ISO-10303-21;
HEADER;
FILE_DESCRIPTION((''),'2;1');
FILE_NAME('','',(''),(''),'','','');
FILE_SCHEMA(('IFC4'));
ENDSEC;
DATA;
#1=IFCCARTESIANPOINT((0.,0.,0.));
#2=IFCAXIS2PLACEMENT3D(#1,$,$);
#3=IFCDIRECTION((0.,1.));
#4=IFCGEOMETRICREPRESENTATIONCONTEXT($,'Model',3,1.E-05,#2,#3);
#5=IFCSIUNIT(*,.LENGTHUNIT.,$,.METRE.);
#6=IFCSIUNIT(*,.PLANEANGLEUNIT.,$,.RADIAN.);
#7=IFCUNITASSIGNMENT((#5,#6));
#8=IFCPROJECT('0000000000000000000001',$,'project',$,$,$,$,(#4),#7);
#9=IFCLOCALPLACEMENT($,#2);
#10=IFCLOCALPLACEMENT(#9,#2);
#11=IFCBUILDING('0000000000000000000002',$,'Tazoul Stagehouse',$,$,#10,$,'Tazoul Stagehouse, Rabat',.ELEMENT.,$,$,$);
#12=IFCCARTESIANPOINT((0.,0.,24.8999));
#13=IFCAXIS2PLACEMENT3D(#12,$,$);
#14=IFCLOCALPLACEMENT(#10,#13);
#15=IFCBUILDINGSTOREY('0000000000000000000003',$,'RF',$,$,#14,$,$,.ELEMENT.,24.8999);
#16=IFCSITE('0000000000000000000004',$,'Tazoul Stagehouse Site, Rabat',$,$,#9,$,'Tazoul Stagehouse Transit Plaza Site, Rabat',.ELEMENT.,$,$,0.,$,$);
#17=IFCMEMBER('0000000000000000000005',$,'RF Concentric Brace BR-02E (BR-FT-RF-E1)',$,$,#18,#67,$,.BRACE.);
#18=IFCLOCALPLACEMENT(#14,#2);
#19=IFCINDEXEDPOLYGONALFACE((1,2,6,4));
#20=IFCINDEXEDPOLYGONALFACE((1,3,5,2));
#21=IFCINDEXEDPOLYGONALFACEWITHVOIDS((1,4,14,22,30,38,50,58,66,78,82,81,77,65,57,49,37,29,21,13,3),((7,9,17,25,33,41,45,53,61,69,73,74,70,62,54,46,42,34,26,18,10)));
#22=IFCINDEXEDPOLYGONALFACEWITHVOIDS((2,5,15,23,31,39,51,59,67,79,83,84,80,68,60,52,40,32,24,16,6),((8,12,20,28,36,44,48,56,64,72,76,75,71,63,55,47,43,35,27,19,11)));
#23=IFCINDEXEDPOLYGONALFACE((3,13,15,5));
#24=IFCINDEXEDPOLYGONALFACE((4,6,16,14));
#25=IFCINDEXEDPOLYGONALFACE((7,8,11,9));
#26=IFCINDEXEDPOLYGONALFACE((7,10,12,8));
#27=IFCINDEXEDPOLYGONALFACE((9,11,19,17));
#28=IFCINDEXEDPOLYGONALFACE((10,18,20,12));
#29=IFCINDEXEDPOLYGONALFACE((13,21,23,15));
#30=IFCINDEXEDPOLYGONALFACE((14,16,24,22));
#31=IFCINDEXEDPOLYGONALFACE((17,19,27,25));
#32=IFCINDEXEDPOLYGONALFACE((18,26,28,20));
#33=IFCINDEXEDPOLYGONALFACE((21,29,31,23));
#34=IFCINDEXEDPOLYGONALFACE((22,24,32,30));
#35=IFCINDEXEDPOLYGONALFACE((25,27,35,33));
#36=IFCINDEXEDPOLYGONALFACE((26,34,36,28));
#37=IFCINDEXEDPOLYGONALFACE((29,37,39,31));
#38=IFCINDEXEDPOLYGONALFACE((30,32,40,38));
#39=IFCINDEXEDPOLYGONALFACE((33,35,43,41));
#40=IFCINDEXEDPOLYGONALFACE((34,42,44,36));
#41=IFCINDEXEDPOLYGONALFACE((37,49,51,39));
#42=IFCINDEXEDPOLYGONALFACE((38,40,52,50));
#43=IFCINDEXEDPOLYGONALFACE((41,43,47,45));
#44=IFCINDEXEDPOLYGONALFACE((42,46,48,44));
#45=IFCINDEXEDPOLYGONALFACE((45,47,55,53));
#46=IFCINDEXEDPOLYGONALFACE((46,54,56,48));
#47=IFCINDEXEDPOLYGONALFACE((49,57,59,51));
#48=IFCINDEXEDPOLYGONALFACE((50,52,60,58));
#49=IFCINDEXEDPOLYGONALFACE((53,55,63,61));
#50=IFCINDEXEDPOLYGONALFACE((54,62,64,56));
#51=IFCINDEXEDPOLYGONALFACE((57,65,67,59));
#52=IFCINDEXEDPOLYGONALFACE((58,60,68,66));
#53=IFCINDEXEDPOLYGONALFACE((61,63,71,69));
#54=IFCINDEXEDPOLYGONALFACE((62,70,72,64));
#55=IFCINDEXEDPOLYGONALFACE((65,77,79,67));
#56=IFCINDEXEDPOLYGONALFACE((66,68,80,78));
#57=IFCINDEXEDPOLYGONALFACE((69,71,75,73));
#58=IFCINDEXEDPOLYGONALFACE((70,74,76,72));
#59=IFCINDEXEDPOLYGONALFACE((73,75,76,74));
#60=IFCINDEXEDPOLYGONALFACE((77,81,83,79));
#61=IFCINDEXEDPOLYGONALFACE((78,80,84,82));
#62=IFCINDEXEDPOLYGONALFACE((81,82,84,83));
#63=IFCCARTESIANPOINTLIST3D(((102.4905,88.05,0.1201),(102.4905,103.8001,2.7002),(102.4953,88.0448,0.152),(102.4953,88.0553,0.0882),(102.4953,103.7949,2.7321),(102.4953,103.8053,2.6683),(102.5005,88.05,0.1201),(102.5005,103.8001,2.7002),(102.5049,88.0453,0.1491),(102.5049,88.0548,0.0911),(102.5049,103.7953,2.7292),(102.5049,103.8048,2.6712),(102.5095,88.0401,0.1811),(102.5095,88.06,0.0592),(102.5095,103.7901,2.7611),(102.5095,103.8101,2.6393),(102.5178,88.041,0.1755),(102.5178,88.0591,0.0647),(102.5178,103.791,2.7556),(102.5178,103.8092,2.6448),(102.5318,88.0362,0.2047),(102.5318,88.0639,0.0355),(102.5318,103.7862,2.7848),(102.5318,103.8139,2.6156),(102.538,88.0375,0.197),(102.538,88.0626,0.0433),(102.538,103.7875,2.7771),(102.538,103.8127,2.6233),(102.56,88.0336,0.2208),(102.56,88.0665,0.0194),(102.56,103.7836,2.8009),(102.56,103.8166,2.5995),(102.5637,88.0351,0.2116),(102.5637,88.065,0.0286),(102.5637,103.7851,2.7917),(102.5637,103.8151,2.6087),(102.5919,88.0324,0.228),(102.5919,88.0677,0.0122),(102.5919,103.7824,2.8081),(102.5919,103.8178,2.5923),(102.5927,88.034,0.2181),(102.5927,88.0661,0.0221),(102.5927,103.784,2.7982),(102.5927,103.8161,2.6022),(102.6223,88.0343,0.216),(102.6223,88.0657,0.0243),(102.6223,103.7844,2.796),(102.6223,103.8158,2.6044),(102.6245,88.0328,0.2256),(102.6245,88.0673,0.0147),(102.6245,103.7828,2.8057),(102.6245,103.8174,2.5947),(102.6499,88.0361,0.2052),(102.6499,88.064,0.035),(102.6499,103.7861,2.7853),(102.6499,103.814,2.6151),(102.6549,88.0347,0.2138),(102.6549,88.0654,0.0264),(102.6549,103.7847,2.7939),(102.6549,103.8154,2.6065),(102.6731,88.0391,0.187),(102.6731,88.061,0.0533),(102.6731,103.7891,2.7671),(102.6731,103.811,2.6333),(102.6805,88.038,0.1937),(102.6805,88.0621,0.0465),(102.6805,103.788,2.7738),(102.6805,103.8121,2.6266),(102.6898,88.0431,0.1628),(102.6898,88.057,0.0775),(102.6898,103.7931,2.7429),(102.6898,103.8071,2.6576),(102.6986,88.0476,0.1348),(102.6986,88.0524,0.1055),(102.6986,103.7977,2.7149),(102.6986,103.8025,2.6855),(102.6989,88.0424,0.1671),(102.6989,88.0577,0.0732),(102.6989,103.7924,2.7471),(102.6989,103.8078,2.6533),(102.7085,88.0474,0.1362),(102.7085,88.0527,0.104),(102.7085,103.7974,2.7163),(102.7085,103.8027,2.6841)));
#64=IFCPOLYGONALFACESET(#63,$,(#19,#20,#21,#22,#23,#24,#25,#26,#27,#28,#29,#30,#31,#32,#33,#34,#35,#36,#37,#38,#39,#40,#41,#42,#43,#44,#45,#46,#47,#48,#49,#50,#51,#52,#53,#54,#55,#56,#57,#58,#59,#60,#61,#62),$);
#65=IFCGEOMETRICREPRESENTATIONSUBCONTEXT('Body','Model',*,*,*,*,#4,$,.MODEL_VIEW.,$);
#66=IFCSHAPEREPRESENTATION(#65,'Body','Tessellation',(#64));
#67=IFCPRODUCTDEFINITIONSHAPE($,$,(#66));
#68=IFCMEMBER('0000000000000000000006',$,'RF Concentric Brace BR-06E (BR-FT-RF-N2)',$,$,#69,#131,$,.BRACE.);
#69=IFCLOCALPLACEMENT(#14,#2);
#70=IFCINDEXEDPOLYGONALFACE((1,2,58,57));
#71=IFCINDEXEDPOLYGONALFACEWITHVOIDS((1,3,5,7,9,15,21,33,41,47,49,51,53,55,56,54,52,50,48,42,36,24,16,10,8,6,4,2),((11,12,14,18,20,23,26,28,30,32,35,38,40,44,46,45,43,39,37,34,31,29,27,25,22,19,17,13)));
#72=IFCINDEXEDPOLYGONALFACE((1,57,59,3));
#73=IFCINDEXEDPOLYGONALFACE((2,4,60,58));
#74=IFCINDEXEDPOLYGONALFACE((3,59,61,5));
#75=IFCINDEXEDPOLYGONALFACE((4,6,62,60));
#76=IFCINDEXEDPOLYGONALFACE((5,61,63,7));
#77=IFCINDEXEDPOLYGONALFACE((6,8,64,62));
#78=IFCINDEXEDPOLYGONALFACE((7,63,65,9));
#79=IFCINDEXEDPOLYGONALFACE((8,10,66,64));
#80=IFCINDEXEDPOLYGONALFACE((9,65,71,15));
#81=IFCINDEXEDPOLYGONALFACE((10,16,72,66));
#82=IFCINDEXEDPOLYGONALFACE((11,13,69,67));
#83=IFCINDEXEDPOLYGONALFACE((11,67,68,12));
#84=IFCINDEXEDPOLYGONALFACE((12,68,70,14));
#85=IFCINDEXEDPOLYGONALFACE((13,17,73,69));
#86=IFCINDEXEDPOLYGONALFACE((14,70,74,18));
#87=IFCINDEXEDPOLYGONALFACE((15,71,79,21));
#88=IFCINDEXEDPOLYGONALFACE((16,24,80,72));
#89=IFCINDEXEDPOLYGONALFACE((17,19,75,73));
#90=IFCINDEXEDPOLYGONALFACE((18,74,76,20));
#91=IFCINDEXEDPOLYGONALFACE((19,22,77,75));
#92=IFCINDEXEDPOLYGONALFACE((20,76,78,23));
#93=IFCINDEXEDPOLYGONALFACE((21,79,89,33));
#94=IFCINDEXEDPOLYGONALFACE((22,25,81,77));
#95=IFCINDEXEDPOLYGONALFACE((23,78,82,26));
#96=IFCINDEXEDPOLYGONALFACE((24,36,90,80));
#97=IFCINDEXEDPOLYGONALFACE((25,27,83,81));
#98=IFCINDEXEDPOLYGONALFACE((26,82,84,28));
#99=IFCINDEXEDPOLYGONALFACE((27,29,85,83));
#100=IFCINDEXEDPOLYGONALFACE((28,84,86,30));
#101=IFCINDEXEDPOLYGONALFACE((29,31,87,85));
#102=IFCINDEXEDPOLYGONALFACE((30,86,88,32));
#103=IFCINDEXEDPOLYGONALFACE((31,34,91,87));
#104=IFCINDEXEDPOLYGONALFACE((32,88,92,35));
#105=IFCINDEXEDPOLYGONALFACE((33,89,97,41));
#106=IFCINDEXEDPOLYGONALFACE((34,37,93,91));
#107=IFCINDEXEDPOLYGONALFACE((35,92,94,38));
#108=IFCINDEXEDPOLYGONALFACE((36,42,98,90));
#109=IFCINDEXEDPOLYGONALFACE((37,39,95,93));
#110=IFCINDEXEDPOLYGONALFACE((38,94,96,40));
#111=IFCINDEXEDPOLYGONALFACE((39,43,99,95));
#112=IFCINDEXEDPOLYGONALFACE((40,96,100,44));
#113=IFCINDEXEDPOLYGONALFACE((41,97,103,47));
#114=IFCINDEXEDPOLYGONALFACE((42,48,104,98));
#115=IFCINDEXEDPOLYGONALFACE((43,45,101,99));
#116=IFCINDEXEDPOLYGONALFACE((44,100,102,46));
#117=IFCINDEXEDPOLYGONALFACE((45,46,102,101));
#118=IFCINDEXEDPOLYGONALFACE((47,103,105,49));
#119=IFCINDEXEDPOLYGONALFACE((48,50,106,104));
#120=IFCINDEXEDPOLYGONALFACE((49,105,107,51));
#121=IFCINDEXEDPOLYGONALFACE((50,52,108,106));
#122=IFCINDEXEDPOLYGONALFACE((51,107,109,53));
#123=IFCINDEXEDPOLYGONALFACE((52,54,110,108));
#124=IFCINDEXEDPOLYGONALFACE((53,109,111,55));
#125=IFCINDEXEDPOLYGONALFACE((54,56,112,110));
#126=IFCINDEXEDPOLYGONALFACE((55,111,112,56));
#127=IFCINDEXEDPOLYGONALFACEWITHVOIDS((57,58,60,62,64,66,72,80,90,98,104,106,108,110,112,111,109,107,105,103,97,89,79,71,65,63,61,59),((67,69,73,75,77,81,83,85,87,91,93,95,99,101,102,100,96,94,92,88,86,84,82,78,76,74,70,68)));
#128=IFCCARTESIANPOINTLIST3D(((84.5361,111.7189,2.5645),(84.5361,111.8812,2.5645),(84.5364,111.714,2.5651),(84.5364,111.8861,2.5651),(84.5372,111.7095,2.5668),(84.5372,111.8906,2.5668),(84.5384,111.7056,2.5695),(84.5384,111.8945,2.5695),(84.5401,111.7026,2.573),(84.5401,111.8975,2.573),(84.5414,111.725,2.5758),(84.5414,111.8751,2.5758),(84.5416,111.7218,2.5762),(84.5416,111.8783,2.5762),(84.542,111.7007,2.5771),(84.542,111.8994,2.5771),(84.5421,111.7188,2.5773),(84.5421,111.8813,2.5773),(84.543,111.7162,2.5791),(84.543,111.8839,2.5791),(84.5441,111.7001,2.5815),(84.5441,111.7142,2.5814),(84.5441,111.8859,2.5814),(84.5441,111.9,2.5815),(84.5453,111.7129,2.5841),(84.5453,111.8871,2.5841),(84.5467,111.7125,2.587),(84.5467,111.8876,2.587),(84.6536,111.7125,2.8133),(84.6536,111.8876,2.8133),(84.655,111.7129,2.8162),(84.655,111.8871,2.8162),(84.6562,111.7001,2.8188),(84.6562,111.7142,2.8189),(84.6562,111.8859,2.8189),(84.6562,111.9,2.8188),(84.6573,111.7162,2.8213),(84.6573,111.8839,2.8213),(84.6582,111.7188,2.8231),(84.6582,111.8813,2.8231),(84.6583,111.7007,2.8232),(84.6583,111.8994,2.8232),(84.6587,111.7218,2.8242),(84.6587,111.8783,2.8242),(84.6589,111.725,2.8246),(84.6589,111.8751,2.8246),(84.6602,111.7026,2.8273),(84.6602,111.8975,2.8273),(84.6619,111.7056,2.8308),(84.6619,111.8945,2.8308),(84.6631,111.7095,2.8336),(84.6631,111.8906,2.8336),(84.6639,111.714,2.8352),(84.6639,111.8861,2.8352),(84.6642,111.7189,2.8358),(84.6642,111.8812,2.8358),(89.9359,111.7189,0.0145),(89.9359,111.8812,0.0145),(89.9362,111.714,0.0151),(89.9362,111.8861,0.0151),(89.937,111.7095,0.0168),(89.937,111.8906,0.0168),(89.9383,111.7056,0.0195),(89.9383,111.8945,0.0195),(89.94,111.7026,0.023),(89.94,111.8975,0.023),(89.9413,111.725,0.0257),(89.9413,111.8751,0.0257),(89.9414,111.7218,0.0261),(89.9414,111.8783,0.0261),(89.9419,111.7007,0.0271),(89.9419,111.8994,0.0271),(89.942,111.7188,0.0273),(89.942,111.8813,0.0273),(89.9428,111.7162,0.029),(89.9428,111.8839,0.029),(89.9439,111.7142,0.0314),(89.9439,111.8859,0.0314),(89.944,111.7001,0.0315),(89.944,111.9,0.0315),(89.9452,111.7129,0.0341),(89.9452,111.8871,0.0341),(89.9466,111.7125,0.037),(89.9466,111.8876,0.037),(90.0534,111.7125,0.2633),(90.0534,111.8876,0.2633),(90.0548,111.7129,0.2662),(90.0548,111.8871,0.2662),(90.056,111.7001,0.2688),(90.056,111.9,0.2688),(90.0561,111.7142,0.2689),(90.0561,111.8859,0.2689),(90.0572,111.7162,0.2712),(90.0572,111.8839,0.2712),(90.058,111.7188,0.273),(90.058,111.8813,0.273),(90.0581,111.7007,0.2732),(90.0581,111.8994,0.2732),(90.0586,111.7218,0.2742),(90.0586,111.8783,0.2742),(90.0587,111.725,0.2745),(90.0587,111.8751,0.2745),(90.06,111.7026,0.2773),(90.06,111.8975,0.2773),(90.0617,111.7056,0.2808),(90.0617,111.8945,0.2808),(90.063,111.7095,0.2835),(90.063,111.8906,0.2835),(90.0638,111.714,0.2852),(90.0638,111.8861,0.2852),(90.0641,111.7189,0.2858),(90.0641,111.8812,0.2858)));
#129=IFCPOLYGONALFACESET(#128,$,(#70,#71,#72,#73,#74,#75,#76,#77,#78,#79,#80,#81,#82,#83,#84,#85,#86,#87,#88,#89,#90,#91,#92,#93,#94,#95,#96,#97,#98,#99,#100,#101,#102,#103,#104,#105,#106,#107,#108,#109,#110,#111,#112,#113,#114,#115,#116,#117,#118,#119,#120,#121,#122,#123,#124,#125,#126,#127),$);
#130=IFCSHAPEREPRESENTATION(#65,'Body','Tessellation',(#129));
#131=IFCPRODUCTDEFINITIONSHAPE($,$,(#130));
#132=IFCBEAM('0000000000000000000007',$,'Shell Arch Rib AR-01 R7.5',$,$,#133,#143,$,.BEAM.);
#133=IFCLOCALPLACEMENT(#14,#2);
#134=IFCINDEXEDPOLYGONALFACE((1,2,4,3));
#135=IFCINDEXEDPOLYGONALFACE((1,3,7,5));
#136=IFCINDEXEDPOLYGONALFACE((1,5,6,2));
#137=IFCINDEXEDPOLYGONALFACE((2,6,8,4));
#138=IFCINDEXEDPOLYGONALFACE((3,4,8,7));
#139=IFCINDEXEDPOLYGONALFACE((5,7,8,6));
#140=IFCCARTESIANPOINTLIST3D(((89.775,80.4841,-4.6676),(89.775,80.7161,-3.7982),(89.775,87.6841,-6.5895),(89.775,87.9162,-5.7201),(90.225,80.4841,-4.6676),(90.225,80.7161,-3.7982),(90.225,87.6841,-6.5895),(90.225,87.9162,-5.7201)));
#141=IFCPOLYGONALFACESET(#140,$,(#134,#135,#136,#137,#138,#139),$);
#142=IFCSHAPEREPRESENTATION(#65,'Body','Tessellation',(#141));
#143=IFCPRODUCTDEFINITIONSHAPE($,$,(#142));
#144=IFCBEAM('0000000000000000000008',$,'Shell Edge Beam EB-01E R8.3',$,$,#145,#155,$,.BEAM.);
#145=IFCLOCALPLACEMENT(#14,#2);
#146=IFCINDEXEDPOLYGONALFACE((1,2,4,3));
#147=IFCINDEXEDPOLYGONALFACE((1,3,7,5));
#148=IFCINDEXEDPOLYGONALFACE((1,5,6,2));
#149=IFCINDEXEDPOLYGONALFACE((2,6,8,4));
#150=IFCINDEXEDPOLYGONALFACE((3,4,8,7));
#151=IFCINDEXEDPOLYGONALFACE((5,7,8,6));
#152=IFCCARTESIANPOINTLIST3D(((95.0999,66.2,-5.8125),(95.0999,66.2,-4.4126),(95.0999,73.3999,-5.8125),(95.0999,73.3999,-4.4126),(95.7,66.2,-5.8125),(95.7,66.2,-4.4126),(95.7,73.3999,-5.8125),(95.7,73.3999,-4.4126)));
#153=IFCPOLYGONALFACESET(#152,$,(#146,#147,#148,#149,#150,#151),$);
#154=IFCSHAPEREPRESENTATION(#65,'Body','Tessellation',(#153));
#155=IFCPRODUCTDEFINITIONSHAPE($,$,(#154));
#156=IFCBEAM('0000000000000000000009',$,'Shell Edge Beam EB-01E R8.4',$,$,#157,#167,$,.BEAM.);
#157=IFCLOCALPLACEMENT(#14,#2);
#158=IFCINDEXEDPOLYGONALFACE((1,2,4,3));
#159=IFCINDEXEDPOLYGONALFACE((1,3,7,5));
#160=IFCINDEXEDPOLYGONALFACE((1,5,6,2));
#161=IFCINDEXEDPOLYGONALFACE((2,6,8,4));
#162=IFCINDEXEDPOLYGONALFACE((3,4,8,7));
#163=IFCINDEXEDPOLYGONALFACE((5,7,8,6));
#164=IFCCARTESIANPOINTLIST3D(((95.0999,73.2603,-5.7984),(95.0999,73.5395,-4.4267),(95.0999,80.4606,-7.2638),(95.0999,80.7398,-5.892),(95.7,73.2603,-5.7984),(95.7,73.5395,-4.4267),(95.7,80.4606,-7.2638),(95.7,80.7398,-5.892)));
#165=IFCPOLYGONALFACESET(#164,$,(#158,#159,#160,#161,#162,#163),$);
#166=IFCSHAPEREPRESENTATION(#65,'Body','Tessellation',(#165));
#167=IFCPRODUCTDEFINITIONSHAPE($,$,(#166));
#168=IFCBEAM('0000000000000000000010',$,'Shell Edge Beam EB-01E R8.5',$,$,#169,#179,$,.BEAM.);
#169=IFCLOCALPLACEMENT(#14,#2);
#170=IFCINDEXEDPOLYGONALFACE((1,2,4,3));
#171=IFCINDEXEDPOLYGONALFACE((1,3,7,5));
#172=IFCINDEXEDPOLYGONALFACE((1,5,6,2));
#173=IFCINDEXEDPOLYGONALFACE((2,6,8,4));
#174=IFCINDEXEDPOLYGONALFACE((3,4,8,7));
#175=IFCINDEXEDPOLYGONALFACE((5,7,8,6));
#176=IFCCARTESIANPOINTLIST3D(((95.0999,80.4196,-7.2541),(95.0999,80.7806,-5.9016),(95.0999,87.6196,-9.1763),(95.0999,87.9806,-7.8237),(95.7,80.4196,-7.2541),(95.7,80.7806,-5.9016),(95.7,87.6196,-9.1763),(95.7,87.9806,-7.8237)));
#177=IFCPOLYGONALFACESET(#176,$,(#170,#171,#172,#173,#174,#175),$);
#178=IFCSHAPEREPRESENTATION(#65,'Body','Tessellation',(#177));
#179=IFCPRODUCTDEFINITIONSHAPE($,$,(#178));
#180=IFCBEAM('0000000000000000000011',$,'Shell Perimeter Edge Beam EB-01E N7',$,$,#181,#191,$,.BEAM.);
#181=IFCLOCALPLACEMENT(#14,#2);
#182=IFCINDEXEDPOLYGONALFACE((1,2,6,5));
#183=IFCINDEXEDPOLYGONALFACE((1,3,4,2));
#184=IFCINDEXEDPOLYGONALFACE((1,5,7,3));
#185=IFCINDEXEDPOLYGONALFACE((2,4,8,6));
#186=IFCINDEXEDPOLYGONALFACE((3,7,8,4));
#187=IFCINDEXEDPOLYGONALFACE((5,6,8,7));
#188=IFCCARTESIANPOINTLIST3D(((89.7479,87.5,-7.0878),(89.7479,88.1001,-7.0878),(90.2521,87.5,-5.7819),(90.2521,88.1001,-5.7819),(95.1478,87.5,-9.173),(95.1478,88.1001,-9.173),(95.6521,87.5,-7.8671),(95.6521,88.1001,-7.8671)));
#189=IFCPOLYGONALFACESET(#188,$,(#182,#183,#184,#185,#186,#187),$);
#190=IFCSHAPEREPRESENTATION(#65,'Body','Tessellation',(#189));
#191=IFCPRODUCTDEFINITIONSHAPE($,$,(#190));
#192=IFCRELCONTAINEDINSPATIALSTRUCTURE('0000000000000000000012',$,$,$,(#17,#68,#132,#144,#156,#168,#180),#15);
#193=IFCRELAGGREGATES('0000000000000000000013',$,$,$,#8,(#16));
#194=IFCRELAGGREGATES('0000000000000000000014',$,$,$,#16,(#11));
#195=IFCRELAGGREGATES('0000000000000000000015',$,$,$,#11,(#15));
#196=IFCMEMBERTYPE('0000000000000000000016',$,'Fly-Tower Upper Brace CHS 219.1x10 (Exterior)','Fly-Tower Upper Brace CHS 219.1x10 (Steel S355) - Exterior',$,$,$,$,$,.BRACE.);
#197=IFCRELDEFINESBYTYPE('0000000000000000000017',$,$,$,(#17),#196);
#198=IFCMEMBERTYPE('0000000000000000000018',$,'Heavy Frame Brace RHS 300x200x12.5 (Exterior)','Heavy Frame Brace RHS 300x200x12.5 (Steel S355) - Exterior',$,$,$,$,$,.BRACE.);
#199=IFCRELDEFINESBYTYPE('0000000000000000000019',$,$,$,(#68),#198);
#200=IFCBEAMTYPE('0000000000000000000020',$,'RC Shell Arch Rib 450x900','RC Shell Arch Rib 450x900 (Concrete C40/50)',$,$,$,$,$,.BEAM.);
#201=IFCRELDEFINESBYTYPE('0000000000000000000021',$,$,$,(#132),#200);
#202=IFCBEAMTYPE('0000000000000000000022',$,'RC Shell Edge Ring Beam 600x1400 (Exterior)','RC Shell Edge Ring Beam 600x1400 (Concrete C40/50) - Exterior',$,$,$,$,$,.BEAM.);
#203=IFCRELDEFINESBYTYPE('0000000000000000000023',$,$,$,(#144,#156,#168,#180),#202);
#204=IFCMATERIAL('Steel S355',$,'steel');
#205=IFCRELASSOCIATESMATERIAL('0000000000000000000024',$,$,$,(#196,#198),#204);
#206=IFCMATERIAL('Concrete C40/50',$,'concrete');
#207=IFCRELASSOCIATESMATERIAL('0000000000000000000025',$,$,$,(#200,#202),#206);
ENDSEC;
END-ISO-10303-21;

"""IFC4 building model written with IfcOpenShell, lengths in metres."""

from ifc_helpers import new_model, si_unit, direction, frame, origin, origin_2d, place, context, subcontext, project, spatial, rectangle, hollow_rectangle, hollow_circle, extrude, material, material_profile, profile_set, type_object, element, save


model = new_model("IFC4")

# Units and contexts
model_context = context("Model", 3, precision=1e-05, world=origin(), true_north=direction((0.0, 1.0)))
body_context = subcontext(model_context, "Body", "Model", "MODEL_VIEW")
ifc_project = project(units=[si_unit("LENGTHUNIT", "METRE"), si_unit("PLANEANGLEUNIT", "RADIAN")], contexts=[model_context])

# Site, building, storey
site_placement = place(None, origin())
site = spatial("IfcSite", under=ifc_project, at=site_placement, Name="Tazoul Stagehouse Site, Rabat", LongName="Tazoul Stagehouse Transit Plaza Site, Rabat", CompositionType="ELEMENT", RefElevation=0.0)
building_placement = place(site_placement, origin())
building = spatial("IfcBuilding", under=site, at=building_placement, Name="Tazoul Stagehouse", LongName="Tazoul Stagehouse, Rabat", CompositionType="ELEMENT")
storey_placement = place(building_placement, frame((0.0, 0.0, 24.8999)))
storey = spatial("IfcBuildingStorey", under=building, at=storey_placement, Name="RF", CompositionType="ELEMENT", Elevation=24.8999)

# Shared definitions
ifc_material_1 = material(Name="Steel S355", Category="steel")

# Members
ifc_material_profile_1 = material_profile(ifc_material_1, hollow_circle(Radius=0.1096, WallThickness=0.01, at=origin_2d()), Name="CHS 219.1x10")
ifc_profile_set_1 = profile_set([ifc_material_profile_1], Name="Steel S355")
member_type_1 = type_object("IfcMemberType", Name="Fly-Tower Upper Brace CHS 219.1x10 (Exterior)", Description="Fly-Tower Upper Brace CHS 219.1x10 (Steel S355) - Exterior", PredefinedType="BRACE", material=ifc_profile_set_1)
member_1_placement = place(storey_placement, frame((102.6001, 88.05, 0.1201), z_axis=(0.0, 0.986847, 0.16166), x_axis=(-1.0, 0.0, 0.0)))
element("IfcMember", 1, at=member_1_placement, inside=storey, type_object=member_type_1, Name="RF Concentric Brace BR-02E (BR-FT-RF-E1)", PredefinedType="BRACE", context=body_context, shape_type="SweptSolid", body=[
    extrude(hollow_circle(Radius=0.1096, WallThickness=0.01, at=origin_2d()), origin(), (0.0, 0.0, 1.0), 15.96),
])
ifc_material_profile_2 = material_profile(ifc_material_1, hollow_rectangle(XDim=0.2, YDim=0.3, WallThickness=0.0125, InnerFilletRadius=0.0125, OuterFilletRadius=0.0188, at=origin_2d()), Name="RHS 300x200x12.5")
ifc_profile_set_2 = profile_set([ifc_material_profile_2], Name="Steel S355")
member_type_2 = type_object("IfcMemberType", Name="Heavy Frame Brace RHS 300x200x12.5 (Exterior)", Description="Heavy Frame Brace RHS 300x200x12.5 (Steel S355) - Exterior", PredefinedType="BRACE", material=ifc_profile_set_2)
member_2_placement = place(storey_placement, frame((90.0, 111.8, 0.1501), z_axis=(-0.904243, 0.0, 0.427019), x_axis=(0.0, -1.0, 0.0)))
element("IfcMember", 2, at=member_2_placement, inside=storey, type_object=member_type_2, Name="RF Concentric Brace BR-06E (BR-FT-RF-N2)", PredefinedType="BRACE", context=body_context, shape_type="SweptSolid", body=[
    extrude(hollow_rectangle(XDim=0.2, YDim=0.3, WallThickness=0.0125, InnerFilletRadius=0.0125, OuterFilletRadius=0.0188, at=origin_2d()), origin(), (0.0, 0.0, 1.0), 5.9717),
])

# Beams
ifc_material_2 = material(Name="Concrete C40/50", Category="concrete")
ifc_material_profile_3 = material_profile(ifc_material_2, rectangle(XDim=0.45, YDim=0.8999, at=origin_2d()), Name="RC 450x900")
ifc_profile_set_3 = profile_set([ifc_material_profile_3], Name="Concrete C40/50")
beam_type_1 = type_object("IfcBeamType", Name="RC Shell Arch Rib 450x900", Description="RC Shell Arch Rib 450x900 (Concrete C40/50)", PredefinedType="BEAM", material=ifc_profile_set_3)
beam_1_placement = place(storey_placement, frame((90.0, 80.6001, -4.2329), z_axis=(0.0, 0.966172, -0.257899), x_axis=(-1.0, 0.0, 0.0)))
element("IfcBeam", 3, at=beam_1_placement, inside=storey, type_object=beam_type_1, Name="Shell Arch Rib AR-01 R7.5", PredefinedType="BEAM", context=body_context, shape_type="SweptSolid", body=[
    extrude(rectangle(XDim=0.45, YDim=0.8999, at=origin_2d()), origin(), (0.0, 0.0, 1.0), 7.4521),
])
ifc_material_profile_4 = material_profile(ifc_material_2, rectangle(XDim=0.6001, YDim=1.3999, at=origin_2d()), Name="RC 600x1400")
ifc_profile_set_4 = profile_set([ifc_material_profile_4], Name="Concrete C40/50")
beam_type_2 = type_object("IfcBeamType", Name="RC Shell Edge Ring Beam 600x1400 (Exterior)", Description="RC Shell Edge Ring Beam 600x1400 (Concrete C40/50) - Exterior", PredefinedType="BEAM", material=ifc_profile_set_4)
beam_2_placement = place(storey_placement, frame((95.3999, 66.2, -5.1125), z_axis=(0.0, 1.0, 0.0), x_axis=(-1.0, 0.0, 0.0)))
element("IfcBeam", 4, at=beam_2_placement, inside=storey, type_object=beam_type_2, Name="Shell Edge Beam EB-01E R8.3", PredefinedType="BEAM", context=body_context, shape_type="SweptSolid", body=[
    extrude(rectangle(XDim=0.6001, YDim=1.3999, at=origin_2d()), origin(), (0.0, 0.0, 1.0), 7.2),
])
beam_3_placement = place(storey_placement, frame((95.3999, 73.3999, -5.1125), z_axis=(0.0, 0.979913, -0.199425), x_axis=(-1.0, 0.0, 0.0)))
element("IfcBeam", 5, at=beam_3_placement, inside=storey, type_object=beam_type_2, Name="Shell Edge Beam EB-01E R8.4", PredefinedType="BEAM", context=body_context, shape_type="SweptSolid", body=[
    extrude(rectangle(XDim=0.6001, YDim=1.3999, at=origin_2d()), origin(), (0.0, 0.0, 1.0), 7.3479),
])
beam_4_placement = place(storey_placement, frame((95.3999, 80.6001, -6.5779), z_axis=(0.0, 0.966164, -0.25793), x_axis=(-1.0, 0.0, 0.0)))
element("IfcBeam", 6, at=beam_4_placement, inside=storey, type_object=beam_type_2, Name="Shell Edge Beam EB-01E R8.5", PredefinedType="BEAM", context=body_context, shape_type="SweptSolid", body=[
    extrude(rectangle(XDim=0.6001, YDim=1.3999, at=origin_2d()), origin(), (0.0, 0.0, 1.0), 7.4521),
])
beam_5_placement = place(storey_placement, frame((90.0, 87.8, -6.4348), z_axis=(0.932863, 0.0, -0.360231), x_axis=(0.0, 1.0, 0.0)))
element("IfcBeam", 7, at=beam_5_placement, inside=storey, type_object=beam_type_2, Name="Shell Perimeter Edge Beam EB-01E N7", PredefinedType="BEAM", context=body_context, shape_type="SweptSolid", body=[
    extrude(rectangle(XDim=0.6001, YDim=1.3999, at=origin_2d()), origin(), (0.0, 0.0, 1.0), 5.7886),
])

save(model, "model.ifc")
